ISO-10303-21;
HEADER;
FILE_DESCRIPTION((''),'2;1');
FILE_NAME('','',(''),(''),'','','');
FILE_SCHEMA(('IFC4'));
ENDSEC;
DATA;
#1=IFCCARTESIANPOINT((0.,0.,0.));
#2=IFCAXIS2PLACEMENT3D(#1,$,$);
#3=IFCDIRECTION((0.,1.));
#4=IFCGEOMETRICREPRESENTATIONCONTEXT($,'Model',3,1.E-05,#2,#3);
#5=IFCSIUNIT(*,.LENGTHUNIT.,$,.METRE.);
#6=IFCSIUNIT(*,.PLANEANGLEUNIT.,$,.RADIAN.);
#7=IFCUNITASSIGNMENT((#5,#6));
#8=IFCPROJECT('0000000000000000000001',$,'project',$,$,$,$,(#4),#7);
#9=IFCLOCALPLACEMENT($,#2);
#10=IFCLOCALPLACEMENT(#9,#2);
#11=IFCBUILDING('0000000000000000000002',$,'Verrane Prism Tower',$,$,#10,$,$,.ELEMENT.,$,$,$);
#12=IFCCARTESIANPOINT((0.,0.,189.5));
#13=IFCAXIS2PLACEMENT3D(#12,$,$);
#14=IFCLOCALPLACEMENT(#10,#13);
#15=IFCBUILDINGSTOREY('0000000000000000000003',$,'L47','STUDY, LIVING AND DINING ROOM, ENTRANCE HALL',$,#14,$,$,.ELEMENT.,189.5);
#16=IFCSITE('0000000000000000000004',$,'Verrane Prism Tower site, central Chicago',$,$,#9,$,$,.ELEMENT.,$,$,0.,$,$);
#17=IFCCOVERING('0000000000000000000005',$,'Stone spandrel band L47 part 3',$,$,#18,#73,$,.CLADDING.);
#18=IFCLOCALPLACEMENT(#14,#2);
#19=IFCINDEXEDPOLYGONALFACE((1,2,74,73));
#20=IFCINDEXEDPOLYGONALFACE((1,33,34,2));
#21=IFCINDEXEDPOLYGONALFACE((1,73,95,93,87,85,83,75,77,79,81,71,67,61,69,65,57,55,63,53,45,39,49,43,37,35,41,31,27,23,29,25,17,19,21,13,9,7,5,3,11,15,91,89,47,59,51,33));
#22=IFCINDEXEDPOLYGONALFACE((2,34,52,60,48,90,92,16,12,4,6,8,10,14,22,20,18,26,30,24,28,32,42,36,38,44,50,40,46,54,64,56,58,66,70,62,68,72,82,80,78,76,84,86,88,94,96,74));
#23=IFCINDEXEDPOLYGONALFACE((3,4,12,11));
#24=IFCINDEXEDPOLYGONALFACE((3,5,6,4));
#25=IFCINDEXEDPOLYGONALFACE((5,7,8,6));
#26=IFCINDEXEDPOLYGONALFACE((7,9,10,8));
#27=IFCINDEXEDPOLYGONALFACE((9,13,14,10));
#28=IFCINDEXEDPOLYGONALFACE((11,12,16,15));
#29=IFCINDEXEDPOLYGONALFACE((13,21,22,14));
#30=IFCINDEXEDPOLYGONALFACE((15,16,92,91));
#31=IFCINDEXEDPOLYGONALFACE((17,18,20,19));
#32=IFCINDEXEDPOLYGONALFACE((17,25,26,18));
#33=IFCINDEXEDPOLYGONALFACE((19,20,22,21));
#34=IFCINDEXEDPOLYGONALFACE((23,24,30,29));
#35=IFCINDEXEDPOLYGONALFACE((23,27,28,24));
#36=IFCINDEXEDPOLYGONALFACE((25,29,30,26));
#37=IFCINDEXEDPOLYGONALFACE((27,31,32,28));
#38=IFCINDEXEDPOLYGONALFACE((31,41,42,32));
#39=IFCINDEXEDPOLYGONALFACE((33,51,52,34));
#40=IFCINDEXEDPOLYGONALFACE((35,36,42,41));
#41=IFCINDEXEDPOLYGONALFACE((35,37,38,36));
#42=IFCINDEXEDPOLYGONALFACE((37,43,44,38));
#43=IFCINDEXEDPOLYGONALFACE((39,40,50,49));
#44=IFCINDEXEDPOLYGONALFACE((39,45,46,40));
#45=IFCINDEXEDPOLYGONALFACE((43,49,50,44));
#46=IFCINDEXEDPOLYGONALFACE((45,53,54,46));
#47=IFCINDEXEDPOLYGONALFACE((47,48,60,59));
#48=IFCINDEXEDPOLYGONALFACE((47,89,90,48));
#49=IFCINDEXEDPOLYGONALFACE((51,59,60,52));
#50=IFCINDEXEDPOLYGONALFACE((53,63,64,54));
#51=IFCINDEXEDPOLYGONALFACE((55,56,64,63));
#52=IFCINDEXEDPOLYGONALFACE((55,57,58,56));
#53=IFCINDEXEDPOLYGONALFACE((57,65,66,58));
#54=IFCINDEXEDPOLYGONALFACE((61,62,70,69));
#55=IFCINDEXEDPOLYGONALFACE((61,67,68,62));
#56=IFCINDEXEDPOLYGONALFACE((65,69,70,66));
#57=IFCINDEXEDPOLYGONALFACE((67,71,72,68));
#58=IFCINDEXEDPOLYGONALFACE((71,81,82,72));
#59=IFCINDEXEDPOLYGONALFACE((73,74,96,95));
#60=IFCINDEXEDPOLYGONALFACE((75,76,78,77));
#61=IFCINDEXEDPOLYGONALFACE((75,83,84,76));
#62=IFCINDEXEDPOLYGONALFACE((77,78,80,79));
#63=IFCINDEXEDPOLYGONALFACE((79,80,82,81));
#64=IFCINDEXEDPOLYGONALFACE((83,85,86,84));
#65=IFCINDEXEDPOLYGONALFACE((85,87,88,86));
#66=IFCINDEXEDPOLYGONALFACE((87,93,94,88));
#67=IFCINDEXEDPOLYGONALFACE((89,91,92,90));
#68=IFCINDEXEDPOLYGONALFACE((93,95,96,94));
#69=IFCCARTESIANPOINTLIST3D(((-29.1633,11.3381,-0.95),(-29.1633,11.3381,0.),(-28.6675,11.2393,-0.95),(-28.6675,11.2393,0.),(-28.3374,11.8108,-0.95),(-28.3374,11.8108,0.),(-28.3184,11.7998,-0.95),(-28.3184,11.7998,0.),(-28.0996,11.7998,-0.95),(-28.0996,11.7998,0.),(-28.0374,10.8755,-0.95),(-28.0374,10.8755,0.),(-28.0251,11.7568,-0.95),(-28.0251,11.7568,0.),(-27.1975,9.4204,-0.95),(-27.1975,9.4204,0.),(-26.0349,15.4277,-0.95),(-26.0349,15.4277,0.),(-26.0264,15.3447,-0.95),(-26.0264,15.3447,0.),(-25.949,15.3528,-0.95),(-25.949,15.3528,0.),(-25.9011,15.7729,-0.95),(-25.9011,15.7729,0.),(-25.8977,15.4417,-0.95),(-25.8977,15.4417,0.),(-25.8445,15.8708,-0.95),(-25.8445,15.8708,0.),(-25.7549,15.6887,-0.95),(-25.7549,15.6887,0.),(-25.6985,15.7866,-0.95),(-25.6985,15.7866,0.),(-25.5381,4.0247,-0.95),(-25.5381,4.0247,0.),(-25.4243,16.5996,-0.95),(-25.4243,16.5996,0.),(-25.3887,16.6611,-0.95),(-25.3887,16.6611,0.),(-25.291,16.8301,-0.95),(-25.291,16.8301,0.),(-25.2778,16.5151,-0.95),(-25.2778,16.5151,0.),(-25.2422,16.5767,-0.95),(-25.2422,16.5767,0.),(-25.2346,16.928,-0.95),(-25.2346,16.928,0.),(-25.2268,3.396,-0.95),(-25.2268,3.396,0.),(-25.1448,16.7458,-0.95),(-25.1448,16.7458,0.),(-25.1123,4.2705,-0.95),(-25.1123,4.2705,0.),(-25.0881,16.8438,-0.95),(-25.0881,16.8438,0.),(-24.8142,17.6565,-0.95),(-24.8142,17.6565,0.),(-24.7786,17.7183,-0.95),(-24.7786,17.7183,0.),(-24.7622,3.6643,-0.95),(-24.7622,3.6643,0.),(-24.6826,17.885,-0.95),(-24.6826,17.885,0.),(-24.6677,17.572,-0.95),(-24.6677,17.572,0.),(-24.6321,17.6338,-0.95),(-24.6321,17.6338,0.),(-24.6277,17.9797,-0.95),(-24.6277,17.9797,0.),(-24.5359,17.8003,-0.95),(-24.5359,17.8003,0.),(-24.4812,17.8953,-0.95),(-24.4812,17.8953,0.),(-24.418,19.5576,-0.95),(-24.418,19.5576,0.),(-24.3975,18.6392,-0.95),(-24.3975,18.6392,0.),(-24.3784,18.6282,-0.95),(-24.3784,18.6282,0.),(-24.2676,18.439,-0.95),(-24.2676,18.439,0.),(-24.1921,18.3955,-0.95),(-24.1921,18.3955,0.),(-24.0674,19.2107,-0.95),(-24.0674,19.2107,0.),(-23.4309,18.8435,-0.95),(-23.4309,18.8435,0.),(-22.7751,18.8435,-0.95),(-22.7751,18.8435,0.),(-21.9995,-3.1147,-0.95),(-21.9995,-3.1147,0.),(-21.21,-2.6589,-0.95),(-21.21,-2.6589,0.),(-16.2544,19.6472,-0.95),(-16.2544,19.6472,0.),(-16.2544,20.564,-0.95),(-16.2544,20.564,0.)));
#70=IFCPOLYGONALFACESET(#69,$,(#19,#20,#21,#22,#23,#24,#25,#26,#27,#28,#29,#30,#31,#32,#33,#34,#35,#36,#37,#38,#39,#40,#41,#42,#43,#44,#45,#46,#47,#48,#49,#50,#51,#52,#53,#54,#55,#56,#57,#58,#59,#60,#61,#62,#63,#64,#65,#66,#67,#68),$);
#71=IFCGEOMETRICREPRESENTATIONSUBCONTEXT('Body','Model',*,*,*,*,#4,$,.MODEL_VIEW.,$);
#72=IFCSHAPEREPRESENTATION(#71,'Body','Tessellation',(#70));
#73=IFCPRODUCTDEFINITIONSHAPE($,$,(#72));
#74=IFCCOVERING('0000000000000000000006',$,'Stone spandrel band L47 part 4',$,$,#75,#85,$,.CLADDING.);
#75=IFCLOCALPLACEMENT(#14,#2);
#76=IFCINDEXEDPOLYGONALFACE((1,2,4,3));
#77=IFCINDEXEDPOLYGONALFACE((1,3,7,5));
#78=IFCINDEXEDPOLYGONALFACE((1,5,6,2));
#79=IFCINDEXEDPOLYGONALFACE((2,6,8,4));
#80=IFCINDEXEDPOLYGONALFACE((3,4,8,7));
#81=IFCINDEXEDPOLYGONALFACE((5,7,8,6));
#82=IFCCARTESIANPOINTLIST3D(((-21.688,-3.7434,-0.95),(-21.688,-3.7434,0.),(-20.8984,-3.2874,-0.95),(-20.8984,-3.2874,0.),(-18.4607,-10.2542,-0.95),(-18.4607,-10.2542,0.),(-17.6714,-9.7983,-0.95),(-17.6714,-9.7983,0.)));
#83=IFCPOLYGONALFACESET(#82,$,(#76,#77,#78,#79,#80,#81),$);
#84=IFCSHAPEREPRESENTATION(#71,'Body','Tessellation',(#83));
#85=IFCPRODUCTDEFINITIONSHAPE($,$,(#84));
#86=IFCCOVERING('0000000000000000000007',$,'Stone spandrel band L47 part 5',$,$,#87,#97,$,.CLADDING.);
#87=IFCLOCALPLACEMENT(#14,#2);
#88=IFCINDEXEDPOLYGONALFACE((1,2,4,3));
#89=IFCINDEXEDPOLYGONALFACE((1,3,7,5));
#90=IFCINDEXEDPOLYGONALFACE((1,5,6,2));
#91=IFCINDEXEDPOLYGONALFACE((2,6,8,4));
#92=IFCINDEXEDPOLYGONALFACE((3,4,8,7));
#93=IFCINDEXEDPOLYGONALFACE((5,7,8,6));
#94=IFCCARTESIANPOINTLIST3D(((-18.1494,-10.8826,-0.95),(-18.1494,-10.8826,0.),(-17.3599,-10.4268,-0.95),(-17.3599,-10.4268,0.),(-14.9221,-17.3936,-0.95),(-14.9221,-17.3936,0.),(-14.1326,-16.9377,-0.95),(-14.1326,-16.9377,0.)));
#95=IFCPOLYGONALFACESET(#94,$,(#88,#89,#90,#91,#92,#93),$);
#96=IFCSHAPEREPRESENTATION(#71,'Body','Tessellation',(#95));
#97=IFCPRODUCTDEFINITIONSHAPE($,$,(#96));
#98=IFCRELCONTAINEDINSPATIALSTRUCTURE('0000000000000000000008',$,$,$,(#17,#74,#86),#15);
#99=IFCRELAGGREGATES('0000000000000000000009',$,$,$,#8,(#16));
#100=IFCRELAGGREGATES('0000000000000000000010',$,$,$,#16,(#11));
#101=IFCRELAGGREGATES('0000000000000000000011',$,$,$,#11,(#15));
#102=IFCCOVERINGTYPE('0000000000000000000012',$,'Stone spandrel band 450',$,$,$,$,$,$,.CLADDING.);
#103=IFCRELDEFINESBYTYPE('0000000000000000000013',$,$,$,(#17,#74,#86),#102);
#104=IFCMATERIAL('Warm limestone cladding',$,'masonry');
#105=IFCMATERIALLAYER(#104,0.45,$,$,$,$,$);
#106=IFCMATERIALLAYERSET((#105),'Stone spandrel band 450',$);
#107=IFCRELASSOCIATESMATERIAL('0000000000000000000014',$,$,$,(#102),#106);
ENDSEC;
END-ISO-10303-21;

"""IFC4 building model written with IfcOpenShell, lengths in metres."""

from ifc_helpers import new_model, si_unit, direction, frame, origin, place, context, subcontext, project, spatial, polyline, outline, extrude, material, layer, layer_set, type_object, element, save


model = new_model("IFC4")

# Units and contexts
model_context = context("Model", 3, precision=1e-05, world=origin(), true_north=direction((0.0, 1.0)))
body_context = subcontext(model_context, "Body", "Model", "MODEL_VIEW")
ifc_project = project(units=[si_unit("LENGTHUNIT", "METRE"), si_unit("PLANEANGLEUNIT", "RADIAN")], contexts=[model_context])

# Site, building, storey
site_placement = place(None, origin())
site = spatial("IfcSite", under=ifc_project, at=site_placement, Name="Verrane Prism Tower site, central Chicago", CompositionType="ELEMENT", RefElevation=0.0)
building_placement = place(site_placement, origin())
building = spatial("IfcBuilding", under=site, at=building_placement, Name="Verrane Prism Tower", CompositionType="ELEMENT")
storey_placement = place(building_placement, frame((0.0, 0.0, 189.5)))
storey = spatial("IfcBuildingStorey", under=building, at=storey_placement, Name="L47", Description="STUDY, LIVING AND DINING ROOM, ENTRANCE HALL", CompositionType="ELEMENT", Elevation=189.5)

# Coverings
ifc_material_1 = material(Name="Warm limestone cladding", Category="masonry")
ifc_layer_1 = layer(ifc_material_1, 0.45)
ifc_layer_set_1 = layer_set([ifc_layer_1], Name="Stone spandrel band 450")
covering_type_1 = type_object("IfcCoveringType", Name="Stone spandrel band 450", PredefinedType="CLADDING", material=ifc_layer_set_1)
covering_1_placement = place(storey_placement, frame((0.0, 0.0, -0.95)))
element("IfcCovering", 1, at=covering_1_placement, inside=storey, type_object=covering_type_1, Name="Stone spandrel band L47 part 3", PredefinedType="CLADDING", context=body_context, shape_type="SweptSolid", body=[
    extrude(outline(polyline([(-21.9995, -3.1147), (-21.21, -2.6589), (-27.1975, 9.4204), (-28.0374, 10.8755), (-28.6675, 11.2393), (-28.3374, 11.8108), (-28.3184, 11.7998), (-28.0996, 11.7998), (-28.0251, 11.7568), (-25.949, 15.3528), (-26.0264, 15.3447), (-26.0349, 15.4277), (-25.8977, 15.4417), (-25.7549, 15.6887), (-25.9011, 15.7729), (-25.8445, 15.8708), (-25.6985, 15.7866), (-25.2778, 16.5151), (-25.4243, 16.5996), (-25.3887, 16.6611), (-25.2422, 16.5767), (-25.1448, 16.7458), (-25.291, 16.8301), (-25.2346, 16.928), (-25.0881, 16.8438), (-24.6677, 17.572), (-24.8142, 17.6565), (-24.7786, 17.7183), (-24.6321, 17.6338), (-24.5359, 17.8003), (-24.6826, 17.885), (-24.6277, 17.9797), (-24.4812, 17.8953), (-24.1921, 18.3955), (-24.2676, 18.439), (-24.3784, 18.6282), (-24.3975, 18.6392), (-24.0674, 19.2107), (-23.4309, 18.8435), (-22.7751, 18.8435), (-16.2544, 19.6472), (-16.2544, 20.564), (-24.418, 19.5576), (-29.1633, 11.3381), (-25.5381, 4.0247), (-25.1123, 4.2705), (-24.7622, 3.6643), (-25.2268, 3.396), (-21.9995, -3.1147)])), origin(), (0.0, 0.0, 1.0), 0.95),
])
covering_2_placement = place(storey_placement, frame((0.0, 0.0, -0.95)))
element("IfcCovering", 2, at=covering_2_placement, inside=storey, type_object=covering_type_1, Name="Stone spandrel band L47 part 4", PredefinedType="CLADDING", context=body_context, shape_type="SweptSolid", body=[
    extrude(outline(polyline([(-17.6714, -9.7983), (-20.8984, -3.2874), (-21.688, -3.7434), (-18.4607, -10.2542), (-17.6714, -9.7983)])), origin(), (0.0, 0.0, 1.0), 0.95),
])
covering_3_placement = place(storey_placement, frame((0.0, 0.0, -0.95)))
element("IfcCovering", 3, at=covering_3_placement, inside=storey, type_object=covering_type_1, Name="Stone spandrel band L47 part 5", PredefinedType="CLADDING", context=body_context, shape_type="SweptSolid", body=[
    extrude(outline(polyline([(-14.1326, -16.9377), (-17.3599, -10.4268), (-18.1494, -10.8826), (-14.9221, -17.3936), (-14.1326, -16.9377)])), origin(), (0.0, 0.0, 1.0), 0.95),
])

save(model, "model.ifc")
